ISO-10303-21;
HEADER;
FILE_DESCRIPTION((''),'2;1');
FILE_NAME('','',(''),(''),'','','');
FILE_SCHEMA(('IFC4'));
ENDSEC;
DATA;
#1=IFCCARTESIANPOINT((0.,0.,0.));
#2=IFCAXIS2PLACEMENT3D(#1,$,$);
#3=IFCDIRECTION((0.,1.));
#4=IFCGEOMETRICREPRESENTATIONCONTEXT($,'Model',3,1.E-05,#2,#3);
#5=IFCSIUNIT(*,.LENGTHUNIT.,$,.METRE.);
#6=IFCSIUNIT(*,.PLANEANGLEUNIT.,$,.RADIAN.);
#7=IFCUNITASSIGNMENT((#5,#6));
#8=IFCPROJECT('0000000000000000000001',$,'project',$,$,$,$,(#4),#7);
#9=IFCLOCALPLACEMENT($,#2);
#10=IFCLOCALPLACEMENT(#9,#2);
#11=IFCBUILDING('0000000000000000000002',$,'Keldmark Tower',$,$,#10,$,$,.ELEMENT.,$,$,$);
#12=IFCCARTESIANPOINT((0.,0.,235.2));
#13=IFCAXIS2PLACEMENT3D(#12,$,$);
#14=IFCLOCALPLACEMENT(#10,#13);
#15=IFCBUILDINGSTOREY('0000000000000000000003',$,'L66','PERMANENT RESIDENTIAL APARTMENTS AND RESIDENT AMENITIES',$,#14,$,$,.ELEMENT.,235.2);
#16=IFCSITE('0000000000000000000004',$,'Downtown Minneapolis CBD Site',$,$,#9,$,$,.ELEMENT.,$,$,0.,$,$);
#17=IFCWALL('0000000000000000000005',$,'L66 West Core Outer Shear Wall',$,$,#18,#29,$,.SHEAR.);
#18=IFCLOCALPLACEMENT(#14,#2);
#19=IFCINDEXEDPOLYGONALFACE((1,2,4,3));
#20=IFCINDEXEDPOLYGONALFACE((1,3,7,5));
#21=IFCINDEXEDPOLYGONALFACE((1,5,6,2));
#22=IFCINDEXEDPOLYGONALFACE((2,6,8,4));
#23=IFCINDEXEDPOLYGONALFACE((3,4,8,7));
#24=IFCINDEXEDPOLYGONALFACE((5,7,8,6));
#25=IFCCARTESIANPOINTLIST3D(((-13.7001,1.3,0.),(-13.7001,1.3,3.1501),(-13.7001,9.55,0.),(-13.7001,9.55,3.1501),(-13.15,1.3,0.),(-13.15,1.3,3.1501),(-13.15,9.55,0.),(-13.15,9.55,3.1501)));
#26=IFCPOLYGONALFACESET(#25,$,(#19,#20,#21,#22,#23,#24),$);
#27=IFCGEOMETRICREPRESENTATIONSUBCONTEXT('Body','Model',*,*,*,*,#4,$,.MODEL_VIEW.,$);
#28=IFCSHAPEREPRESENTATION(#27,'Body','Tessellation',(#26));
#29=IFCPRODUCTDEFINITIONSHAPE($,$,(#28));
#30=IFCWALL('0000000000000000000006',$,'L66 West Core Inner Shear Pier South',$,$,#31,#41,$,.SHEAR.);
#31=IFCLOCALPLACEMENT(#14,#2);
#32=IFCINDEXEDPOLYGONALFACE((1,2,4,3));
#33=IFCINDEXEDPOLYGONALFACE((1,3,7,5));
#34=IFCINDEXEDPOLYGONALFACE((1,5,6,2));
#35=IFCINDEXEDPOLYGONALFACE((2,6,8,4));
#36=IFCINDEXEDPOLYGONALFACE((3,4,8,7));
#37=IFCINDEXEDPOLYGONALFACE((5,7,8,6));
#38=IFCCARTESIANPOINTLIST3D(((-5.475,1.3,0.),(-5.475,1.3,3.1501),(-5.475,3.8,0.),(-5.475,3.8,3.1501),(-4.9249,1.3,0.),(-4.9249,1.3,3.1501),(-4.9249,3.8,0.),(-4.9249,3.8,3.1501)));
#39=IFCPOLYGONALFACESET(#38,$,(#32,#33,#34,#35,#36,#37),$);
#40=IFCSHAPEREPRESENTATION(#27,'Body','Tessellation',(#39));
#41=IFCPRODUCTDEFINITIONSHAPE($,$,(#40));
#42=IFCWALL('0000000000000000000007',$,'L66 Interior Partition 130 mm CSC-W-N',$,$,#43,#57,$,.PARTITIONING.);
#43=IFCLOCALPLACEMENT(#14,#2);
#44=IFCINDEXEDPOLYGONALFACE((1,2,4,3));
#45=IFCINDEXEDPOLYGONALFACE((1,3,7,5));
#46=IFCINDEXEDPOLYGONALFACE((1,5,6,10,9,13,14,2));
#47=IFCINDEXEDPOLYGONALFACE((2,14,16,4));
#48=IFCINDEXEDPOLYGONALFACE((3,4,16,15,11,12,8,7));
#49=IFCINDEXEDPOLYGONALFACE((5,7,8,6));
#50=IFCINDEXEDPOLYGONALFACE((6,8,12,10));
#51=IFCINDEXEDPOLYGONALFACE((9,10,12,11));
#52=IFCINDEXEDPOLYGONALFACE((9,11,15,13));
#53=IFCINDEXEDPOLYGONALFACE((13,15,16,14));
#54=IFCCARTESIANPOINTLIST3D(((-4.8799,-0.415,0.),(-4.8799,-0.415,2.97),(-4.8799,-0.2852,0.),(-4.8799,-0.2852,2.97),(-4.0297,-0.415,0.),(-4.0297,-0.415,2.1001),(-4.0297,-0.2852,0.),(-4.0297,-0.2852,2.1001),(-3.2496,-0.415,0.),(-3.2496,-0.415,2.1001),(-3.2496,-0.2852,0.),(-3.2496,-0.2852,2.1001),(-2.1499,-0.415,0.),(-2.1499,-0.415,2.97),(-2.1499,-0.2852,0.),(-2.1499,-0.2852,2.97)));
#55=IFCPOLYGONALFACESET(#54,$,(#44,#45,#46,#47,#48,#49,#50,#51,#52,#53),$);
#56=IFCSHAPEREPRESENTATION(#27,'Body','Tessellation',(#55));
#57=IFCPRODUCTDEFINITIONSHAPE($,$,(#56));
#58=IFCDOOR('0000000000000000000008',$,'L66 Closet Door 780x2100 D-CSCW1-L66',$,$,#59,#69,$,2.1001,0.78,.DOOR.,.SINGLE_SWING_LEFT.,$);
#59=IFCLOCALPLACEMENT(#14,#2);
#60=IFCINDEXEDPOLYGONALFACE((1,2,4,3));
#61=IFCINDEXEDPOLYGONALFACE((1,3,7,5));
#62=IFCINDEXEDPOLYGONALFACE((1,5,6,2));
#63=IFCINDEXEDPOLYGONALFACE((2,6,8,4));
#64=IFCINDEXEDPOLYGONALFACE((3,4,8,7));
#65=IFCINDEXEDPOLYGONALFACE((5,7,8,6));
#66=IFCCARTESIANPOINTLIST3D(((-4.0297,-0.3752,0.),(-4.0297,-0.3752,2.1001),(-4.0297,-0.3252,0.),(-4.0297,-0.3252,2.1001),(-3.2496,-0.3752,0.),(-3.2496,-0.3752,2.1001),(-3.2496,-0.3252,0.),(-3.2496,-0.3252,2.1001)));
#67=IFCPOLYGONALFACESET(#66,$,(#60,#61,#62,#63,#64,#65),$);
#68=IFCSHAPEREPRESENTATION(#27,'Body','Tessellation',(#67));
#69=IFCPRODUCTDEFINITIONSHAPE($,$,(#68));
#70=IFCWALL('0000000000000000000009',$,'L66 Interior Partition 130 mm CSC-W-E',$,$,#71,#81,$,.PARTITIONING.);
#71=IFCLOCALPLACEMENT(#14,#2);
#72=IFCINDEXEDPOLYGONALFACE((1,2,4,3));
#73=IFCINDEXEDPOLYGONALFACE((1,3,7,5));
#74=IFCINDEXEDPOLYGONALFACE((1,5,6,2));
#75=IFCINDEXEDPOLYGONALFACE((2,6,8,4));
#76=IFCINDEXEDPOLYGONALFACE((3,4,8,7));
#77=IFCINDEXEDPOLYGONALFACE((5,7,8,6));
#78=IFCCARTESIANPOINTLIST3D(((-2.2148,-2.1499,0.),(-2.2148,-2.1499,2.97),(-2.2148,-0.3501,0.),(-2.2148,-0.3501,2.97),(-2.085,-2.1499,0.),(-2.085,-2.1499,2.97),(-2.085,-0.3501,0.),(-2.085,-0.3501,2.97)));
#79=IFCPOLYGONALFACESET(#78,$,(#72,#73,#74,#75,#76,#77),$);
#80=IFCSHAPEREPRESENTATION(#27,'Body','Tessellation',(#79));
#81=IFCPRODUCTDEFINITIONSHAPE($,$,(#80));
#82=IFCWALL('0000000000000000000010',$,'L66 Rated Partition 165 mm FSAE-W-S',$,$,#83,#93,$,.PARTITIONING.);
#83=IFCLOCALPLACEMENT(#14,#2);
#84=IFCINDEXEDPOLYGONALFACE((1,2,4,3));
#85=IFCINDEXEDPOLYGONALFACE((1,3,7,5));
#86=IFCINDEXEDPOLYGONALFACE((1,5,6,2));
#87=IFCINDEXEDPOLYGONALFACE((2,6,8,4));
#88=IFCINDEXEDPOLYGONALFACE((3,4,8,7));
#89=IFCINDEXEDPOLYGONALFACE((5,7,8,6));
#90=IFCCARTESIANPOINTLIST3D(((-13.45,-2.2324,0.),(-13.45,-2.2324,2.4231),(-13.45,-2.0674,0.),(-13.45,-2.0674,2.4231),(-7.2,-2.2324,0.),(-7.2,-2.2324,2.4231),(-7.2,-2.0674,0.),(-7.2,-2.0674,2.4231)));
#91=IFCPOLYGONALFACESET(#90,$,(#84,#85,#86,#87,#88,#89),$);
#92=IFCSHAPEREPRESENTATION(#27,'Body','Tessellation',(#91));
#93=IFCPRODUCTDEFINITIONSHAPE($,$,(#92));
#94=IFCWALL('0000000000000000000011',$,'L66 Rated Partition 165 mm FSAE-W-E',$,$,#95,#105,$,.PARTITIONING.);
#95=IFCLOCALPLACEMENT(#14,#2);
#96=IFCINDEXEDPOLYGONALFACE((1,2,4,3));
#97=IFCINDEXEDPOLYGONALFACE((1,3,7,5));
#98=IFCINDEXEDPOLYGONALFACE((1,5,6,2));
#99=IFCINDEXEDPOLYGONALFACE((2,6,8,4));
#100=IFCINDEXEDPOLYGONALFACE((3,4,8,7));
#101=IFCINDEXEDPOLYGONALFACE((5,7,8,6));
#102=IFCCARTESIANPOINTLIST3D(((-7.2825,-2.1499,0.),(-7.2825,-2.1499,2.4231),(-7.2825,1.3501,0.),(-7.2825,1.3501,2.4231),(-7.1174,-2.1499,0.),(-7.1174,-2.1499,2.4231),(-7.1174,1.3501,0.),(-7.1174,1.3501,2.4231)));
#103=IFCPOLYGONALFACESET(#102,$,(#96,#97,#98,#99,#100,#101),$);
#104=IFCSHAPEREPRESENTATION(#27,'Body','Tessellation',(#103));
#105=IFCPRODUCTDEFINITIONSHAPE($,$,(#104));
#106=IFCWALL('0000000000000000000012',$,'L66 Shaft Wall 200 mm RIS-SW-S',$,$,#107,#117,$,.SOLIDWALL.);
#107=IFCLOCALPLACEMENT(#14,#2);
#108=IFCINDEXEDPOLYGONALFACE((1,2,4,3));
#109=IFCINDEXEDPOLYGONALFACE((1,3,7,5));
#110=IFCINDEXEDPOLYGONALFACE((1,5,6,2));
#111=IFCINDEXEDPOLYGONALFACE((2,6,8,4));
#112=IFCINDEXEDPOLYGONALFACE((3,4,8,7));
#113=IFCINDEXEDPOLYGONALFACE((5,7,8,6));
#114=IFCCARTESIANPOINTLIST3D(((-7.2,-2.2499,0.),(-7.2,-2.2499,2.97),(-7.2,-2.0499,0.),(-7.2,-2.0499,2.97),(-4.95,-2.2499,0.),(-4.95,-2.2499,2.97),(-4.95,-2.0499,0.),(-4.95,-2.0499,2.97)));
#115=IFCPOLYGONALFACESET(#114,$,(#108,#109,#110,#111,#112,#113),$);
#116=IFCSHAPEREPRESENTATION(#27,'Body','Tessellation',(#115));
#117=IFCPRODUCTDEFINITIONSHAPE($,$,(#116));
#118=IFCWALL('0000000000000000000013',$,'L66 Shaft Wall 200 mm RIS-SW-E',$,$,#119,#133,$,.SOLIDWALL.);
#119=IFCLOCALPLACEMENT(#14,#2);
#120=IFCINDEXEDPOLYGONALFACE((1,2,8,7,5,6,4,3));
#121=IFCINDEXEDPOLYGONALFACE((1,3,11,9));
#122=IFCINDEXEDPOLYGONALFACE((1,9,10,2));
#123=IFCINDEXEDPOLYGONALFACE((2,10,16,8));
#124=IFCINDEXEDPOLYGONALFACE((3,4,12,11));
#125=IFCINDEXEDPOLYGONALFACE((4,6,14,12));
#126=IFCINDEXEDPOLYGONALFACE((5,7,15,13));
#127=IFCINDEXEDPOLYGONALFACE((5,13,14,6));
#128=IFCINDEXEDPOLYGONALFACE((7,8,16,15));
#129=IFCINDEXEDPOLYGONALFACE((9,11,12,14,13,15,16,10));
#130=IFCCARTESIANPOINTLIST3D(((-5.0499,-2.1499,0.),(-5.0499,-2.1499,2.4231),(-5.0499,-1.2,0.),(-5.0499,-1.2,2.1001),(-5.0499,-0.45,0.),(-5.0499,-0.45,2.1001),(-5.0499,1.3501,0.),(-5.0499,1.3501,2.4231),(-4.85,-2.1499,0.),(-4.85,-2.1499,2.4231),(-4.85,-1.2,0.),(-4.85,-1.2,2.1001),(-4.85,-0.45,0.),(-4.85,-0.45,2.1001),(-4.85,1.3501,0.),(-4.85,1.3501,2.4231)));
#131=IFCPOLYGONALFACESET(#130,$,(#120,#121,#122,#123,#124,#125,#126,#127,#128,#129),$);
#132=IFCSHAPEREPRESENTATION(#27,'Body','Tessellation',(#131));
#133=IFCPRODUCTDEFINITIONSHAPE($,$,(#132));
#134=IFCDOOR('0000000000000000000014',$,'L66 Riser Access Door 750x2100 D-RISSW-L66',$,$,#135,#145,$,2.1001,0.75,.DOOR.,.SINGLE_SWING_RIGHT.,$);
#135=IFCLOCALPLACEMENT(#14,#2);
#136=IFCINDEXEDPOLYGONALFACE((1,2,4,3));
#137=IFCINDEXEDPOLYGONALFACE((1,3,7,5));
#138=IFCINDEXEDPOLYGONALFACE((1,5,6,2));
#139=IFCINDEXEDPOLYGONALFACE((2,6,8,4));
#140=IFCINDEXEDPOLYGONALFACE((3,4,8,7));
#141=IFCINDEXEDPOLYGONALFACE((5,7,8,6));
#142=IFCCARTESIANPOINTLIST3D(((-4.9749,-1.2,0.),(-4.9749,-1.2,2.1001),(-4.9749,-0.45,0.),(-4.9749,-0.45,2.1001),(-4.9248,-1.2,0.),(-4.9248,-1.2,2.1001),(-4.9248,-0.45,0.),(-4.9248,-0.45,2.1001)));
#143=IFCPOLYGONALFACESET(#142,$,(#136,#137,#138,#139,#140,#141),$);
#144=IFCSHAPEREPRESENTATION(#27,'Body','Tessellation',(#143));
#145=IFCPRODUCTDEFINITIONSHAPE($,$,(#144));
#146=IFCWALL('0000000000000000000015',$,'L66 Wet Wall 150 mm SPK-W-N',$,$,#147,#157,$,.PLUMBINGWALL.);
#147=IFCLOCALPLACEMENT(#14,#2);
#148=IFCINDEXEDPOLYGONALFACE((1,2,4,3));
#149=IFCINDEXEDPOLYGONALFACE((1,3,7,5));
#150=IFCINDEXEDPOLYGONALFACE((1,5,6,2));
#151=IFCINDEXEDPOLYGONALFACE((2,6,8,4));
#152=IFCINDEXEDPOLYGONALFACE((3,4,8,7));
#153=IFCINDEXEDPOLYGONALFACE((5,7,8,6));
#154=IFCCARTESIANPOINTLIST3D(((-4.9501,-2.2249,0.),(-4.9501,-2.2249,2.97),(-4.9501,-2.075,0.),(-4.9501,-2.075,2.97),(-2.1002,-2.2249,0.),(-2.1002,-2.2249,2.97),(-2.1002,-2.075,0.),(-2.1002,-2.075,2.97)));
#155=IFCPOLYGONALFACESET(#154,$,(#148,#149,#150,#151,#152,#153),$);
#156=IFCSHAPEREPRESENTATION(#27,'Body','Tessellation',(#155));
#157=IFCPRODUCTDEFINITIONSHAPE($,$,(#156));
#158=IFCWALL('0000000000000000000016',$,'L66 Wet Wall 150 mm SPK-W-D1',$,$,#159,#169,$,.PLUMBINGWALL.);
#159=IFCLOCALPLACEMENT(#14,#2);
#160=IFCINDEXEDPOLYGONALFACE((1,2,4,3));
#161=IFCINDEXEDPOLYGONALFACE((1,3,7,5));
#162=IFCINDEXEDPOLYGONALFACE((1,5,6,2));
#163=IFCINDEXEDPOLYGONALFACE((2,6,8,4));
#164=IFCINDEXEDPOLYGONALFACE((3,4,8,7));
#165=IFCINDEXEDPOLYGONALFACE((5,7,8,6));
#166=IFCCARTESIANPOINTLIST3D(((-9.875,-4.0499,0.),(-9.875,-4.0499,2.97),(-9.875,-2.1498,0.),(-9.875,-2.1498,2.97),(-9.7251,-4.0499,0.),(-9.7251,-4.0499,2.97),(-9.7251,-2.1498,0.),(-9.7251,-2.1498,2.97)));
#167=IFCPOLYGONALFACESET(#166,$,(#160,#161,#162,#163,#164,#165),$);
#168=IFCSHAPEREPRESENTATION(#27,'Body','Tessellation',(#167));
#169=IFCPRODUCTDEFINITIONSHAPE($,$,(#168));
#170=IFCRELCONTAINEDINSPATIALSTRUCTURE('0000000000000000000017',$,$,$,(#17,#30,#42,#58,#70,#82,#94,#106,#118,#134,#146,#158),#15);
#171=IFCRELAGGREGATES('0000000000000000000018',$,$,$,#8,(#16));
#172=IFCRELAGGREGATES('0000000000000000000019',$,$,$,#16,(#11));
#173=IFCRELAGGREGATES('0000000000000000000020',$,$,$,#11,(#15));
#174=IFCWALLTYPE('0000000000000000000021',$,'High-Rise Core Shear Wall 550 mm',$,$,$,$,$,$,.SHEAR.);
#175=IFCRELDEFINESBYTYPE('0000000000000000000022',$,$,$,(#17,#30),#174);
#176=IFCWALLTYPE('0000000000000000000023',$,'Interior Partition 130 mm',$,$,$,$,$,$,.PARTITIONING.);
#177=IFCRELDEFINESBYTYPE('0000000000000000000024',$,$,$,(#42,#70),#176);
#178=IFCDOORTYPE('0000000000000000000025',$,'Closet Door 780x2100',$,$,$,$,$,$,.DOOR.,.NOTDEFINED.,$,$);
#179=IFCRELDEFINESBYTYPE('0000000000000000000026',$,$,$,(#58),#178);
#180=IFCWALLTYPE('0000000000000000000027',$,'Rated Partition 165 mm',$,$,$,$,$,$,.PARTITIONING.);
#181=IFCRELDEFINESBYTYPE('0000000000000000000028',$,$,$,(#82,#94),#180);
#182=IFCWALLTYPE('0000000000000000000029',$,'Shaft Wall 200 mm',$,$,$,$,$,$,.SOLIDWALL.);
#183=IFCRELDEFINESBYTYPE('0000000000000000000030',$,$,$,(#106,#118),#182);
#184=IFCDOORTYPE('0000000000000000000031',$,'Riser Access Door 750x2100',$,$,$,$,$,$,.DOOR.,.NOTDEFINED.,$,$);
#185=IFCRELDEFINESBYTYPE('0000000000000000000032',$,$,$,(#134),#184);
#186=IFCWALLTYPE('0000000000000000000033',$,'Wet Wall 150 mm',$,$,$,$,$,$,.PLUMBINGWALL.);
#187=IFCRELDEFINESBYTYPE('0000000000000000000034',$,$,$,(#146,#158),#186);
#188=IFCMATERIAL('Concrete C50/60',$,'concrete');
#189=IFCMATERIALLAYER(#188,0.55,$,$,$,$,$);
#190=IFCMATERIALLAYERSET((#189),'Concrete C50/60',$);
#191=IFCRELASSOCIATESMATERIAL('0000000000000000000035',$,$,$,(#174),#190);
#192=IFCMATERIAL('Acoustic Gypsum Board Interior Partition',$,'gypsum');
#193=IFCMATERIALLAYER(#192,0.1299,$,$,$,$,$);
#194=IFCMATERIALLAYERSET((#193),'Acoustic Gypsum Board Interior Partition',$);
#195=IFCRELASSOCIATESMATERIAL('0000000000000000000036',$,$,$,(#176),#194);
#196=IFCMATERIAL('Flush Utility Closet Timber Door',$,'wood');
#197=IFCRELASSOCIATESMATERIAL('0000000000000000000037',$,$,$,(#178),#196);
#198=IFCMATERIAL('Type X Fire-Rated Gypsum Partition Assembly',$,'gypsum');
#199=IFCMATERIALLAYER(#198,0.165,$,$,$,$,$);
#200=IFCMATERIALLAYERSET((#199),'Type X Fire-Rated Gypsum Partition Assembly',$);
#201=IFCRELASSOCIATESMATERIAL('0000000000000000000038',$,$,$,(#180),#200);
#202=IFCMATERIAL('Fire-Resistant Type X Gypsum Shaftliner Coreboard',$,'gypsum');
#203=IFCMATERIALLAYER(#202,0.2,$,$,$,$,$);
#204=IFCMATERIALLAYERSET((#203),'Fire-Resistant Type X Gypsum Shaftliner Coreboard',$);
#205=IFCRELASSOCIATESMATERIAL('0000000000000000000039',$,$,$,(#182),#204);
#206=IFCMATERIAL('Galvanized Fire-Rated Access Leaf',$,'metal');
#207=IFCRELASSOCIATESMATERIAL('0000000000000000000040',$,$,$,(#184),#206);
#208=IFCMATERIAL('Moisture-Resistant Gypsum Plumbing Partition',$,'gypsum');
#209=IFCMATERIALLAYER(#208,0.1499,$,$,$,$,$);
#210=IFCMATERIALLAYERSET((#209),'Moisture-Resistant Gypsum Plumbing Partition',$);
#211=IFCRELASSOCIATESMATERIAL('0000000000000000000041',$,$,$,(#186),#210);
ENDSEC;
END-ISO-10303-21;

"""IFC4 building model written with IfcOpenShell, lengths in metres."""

from ifc_helpers import new_model, si_unit, direction, frame, frame_2d, origin, place, context, subcontext, project, spatial, rectangle, extrude, material, layer, layer_set, type_object, element, fill, save


model = new_model("IFC4")

# Units and contexts
model_context = context("Model", 3, precision=1e-05, world=origin(), true_north=direction((0.0, 1.0)))
body_context = subcontext(model_context, "Body", "Model", "MODEL_VIEW")
ifc_project = project(units=[si_unit("LENGTHUNIT", "METRE"), si_unit("PLANEANGLEUNIT", "RADIAN")], contexts=[model_context])

# Site, building, storey
site_placement = place(None, origin())
site = spatial("IfcSite", under=ifc_project, at=site_placement, Name="Downtown Minneapolis CBD Site", CompositionType="ELEMENT", RefElevation=0.0)
building_placement = place(site_placement, origin())
building = spatial("IfcBuilding", under=site, at=building_placement, Name="Keldmark Tower", CompositionType="ELEMENT")
storey_placement = place(building_placement, frame((0.0, 0.0, 235.2)))
storey = spatial("IfcBuildingStorey", under=building, at=storey_placement, Name="L66", Description="PERMANENT RESIDENTIAL APARTMENTS AND RESIDENT AMENITIES", CompositionType="ELEMENT", Elevation=235.2)

# Walls
ifc_material_1 = material(Name="Concrete C50/60", Category="concrete")
ifc_layer_1 = layer(ifc_material_1, 0.55)
ifc_layer_set_1 = layer_set([ifc_layer_1], Name="Concrete C50/60")
wall_type_1 = type_object("IfcWallType", Name="High-Rise Core Shear Wall 550 mm", PredefinedType="SHEAR", material=ifc_layer_set_1)
wall_1_placement = place(storey_placement, frame((-13.425, 1.3, 0.0), z_axis=(0.0, 0.0, 1.0), x_axis=(0.0, 1.0, 0.0)))
element("IfcWall", 1, at=wall_1_placement, inside=storey, type_object=wall_type_1, Name="L66 West Core Outer Shear Wall", PredefinedType="SHEAR", context=body_context, shape_type="SweptSolid", body=[
    extrude(rectangle(XDim=8.25, YDim=0.55, at=frame_2d((4.125, 0.0))), origin(), (0.0, 0.0, 1.0), 3.1501),
])
wall_2_placement = place(storey_placement, frame((-5.2, 1.3, 0.0), z_axis=(0.0, 0.0, 1.0), x_axis=(0.0, 1.0, 0.0)))
element("IfcWall", 2, at=wall_2_placement, inside=storey, type_object=wall_type_1, Name="L66 West Core Inner Shear Pier South", PredefinedType="SHEAR", context=body_context, shape_type="SweptSolid", body=[
    extrude(rectangle(XDim=2.5, YDim=0.55, at=frame_2d((1.25, 0.0))), origin(), (0.0, 0.0, 1.0), 3.1501),
])

# Wall, opening, door
ifc_material_2 = material(Name="Acoustic Gypsum Board Interior Partition", Category="gypsum")
ifc_layer_2 = layer(ifc_material_2, 0.1299)
ifc_layer_set_2 = layer_set([ifc_layer_2], Name="Acoustic Gypsum Board Interior Partition")
wall_type_2 = type_object("IfcWallType", Name="Interior Partition 130 mm", PredefinedType="PARTITIONING", material=ifc_layer_set_2)
wall_3_placement = place(storey_placement, frame((-4.8799, -0.3501, 0.0), z_axis=(0.0, 0.0, 1.0), x_axis=(1.0, 0.0, 0.0)))
wall_3 = element("IfcWall", 3, at=wall_3_placement, inside=storey, type_object=wall_type_2, Name="L66 Interior Partition 130 mm CSC-W-N", PredefinedType="PARTITIONING", context=body_context, shape_type="SweptSolid", body=[
    extrude(rectangle(XDim=2.73, YDim=0.1299, at=frame_2d((1.365, 0.0))), origin(), (0.0, 0.0, 1.0), 2.97),
])
opening_1_placement = place(wall_3_placement, frame((0.8501, 0.0, 0.0)))
opening_1 = element("IfcOpeningElement", 4, at=opening_1_placement, cuts=wall_3, PredefinedType="OPENING", context=body_context, shape_type="SweptSolid", body=[
    extrude(rectangle(XDim=0.78, YDim=2.1001, at=frame_2d((0.3901, 1.05))), frame((0.0, 0.075, 0.0), z_axis=(0.0, -1.0, 0.0), x_axis=(1.0, 0.0, 0.0)), (0.0, 0.0, 1.0), 0.1499),
])
ifc_material_3 = material(Name="Flush Utility Closet Timber Door", Category="wood")
door_type_1 = type_object("IfcDoorType", Name="Closet Door 780x2100", OperationType="NOTDEFINED", PredefinedType="DOOR", material=ifc_material_3)
door_1_placement = place(opening_1_placement, origin())
door_1 = element("IfcDoor", 5, at=door_1_placement, inside=storey, type_object=door_type_1, Name="L66 Closet Door 780x2100 D-CSCW1-L66", OperationType="SINGLE_SWING_LEFT", OverallHeight=2.1001, OverallWidth=0.78, PredefinedType="DOOR", context=body_context, shape_type="SweptSolid", body=[
    extrude(rectangle(XDim=0.78, YDim=2.1001, at=frame_2d((0.3901, 1.05))), frame((0.0, 0.0249, 0.0), z_axis=(0.0, -1.0, 0.0), x_axis=(1.0, 0.0, 0.0)), (0.0, 0.0, 1.0), 0.05),
])
fill(opening_1, door_1)

# Walls
wall_4_placement = place(storey_placement, frame((-2.1499, -2.1499, 0.0), z_axis=(0.0, 0.0, 1.0), x_axis=(0.0, 1.0, 0.0)))
element("IfcWall", 6, at=wall_4_placement, inside=storey, type_object=wall_type_2, Name="L66 Interior Partition 130 mm CSC-W-E", PredefinedType="PARTITIONING", context=body_context, shape_type="SweptSolid", body=[
    extrude(rectangle(XDim=1.7998, YDim=0.1299, at=frame_2d((0.8999, 0.0))), origin(), (0.0, 0.0, 1.0), 2.97),
])
ifc_material_4 = material(Name="Type X Fire-Rated Gypsum Partition Assembly", Category="gypsum")
ifc_layer_3 = layer(ifc_material_4, 0.165)
ifc_layer_set_3 = layer_set([ifc_layer_3], Name="Type X Fire-Rated Gypsum Partition Assembly")
wall_type_3 = type_object("IfcWallType", Name="Rated Partition 165 mm", PredefinedType="PARTITIONING", material=ifc_layer_set_3)
wall_5_placement = place(storey_placement, frame((-13.45, -2.1499, 0.0), z_axis=(0.0, 0.0, 1.0), x_axis=(1.0, 0.0, 0.0)))
element("IfcWall", 7, at=wall_5_placement, inside=storey, type_object=wall_type_3, Name="L66 Rated Partition 165 mm FSAE-W-S", PredefinedType="PARTITIONING", context=body_context, shape_type="SweptSolid", body=[
    extrude(rectangle(XDim=6.25, YDim=0.165, at=frame_2d((3.125, 0.0))), origin(), (0.0, 0.0, 1.0), 2.4231),
])

# Walls
wall_6_placement = place(storey_placement, frame((-7.2, -2.1499, 0.0), z_axis=(0.0, 0.0, 1.0), x_axis=(0.0, 1.0, 0.0)))
element("IfcWall", 8, at=wall_6_placement, inside=storey, type_object=wall_type_3, Name="L66 Rated Partition 165 mm FSAE-W-E", PredefinedType="PARTITIONING", context=body_context, shape_type="SweptSolid", body=[
    extrude(rectangle(XDim=3.5, YDim=0.165, at=frame_2d((1.75, 0.0))), origin(), (0.0, 0.0, 1.0), 2.4231),
])
ifc_material_5 = material(Name="Fire-Resistant Type X Gypsum Shaftliner Coreboard", Category="gypsum")
ifc_layer_4 = layer(ifc_material_5, 0.2)
ifc_layer_set_4 = layer_set([ifc_layer_4], Name="Fire-Resistant Type X Gypsum Shaftliner Coreboard")
wall_type_4 = type_object("IfcWallType", Name="Shaft Wall 200 mm", PredefinedType="SOLIDWALL", material=ifc_layer_set_4)
wall_7_placement = place(storey_placement, frame((-7.2, -2.1499, 0.0), z_axis=(0.0, 0.0, 1.0), x_axis=(1.0, 0.0, 0.0)))
element("IfcWall", 9, at=wall_7_placement, inside=storey, type_object=wall_type_4, Name="L66 Shaft Wall 200 mm RIS-SW-S", PredefinedType="SOLIDWALL", context=body_context, shape_type="SweptSolid", body=[
    extrude(rectangle(XDim=2.25, YDim=0.2, at=frame_2d((1.125, 0.0))), origin(), (0.0, 0.0, 1.0), 2.97),
])

# Wall, opening, door
wall_8_placement = place(storey_placement, frame((-4.95, -2.1499, 0.0), z_axis=(0.0, 0.0, 1.0), x_axis=(0.0, 1.0, 0.0)))
wall_8 = element("IfcWall", 10, at=wall_8_placement, inside=storey, type_object=wall_type_4, Name="L66 Shaft Wall 200 mm RIS-SW-E", PredefinedType="SOLIDWALL", context=body_context, shape_type="SweptSolid", body=[
    extrude(rectangle(XDim=3.5, YDim=0.2, at=frame_2d((1.75, 0.0))), origin(), (0.0, 0.0, 1.0), 2.4231),
])
opening_2_placement = place(wall_8_placement, frame((0.95, 0.0, 0.0)))
opening_2 = element("IfcOpeningElement", 11, at=opening_2_placement, cuts=wall_8, PredefinedType="OPENING", context=body_context, shape_type="SweptSolid", body=[
    extrude(rectangle(XDim=0.75, YDim=2.1001, at=frame_2d((0.375, 1.05))), frame((0.0, 0.1099, 0.0), z_axis=(0.0, -1.0, 0.0), x_axis=(1.0, 0.0, 0.0)), (0.0, 0.0, 1.0), 0.22),
])
ifc_material_6 = material(Name="Galvanized Fire-Rated Access Leaf", Category="metal")
door_type_2 = type_object("IfcDoorType", Name="Riser Access Door 750x2100", OperationType="NOTDEFINED", PredefinedType="DOOR", material=ifc_material_6)
door_2_placement = place(opening_2_placement, origin())
door_2 = element("IfcDoor", 12, at=door_2_placement, inside=storey, type_object=door_type_2, Name="L66 Riser Access Door 750x2100 D-RISSW-L66", OperationType="SINGLE_SWING_RIGHT", OverallHeight=2.1001, OverallWidth=0.75, PredefinedType="DOOR", context=body_context, shape_type="SweptSolid", body=[
    extrude(rectangle(XDim=0.75, YDim=2.1001, at=frame_2d((0.375, 1.05))), frame((0.0, 0.0249, 0.0), z_axis=(0.0, -1.0, 0.0), x_axis=(1.0, 0.0, 0.0)), (0.0, 0.0, 1.0), 0.05),
])
fill(opening_2, door_2)

# Walls
ifc_material_7 = material(Name="Moisture-Resistant Gypsum Plumbing Partition", Category="gypsum")
ifc_layer_5 = layer(ifc_material_7, 0.1499)
ifc_layer_set_5 = layer_set([ifc_layer_5], Name="Moisture-Resistant Gypsum Plumbing Partition")
wall_type_5 = type_object("IfcWallType", Name="Wet Wall 150 mm", PredefinedType="PLUMBINGWALL", material=ifc_layer_set_5)
wall_9_placement = place(storey_placement, frame((-4.95, -2.1499, 0.0), z_axis=(0.0, 0.0, 1.0), x_axis=(1.0, 0.0, 0.0)))
element("IfcWall", 13, at=wall_9_placement, inside=storey, type_object=wall_type_5, Name="L66 Wet Wall 150 mm SPK-W-N", PredefinedType="PLUMBINGWALL", context=body_context, shape_type="SweptSolid", body=[
    extrude(rectangle(XDim=2.8499, YDim=0.1499, at=frame_2d((1.4248, 0.0))), origin(), (0.0, 0.0, 1.0), 2.97),
])
wall_10_placement = place(storey_placement, frame((-9.8, -4.05, 0.0), z_axis=(0.0, 0.0, 1.0), x_axis=(0.0, 1.0, 0.0)))
element("IfcWall", 14, at=wall_10_placement, inside=storey, type_object=wall_type_5, Name="L66 Wet Wall 150 mm SPK-W-D1", PredefinedType="PLUMBINGWALL", context=body_context, shape_type="SweptSolid", body=[
    extrude(rectangle(XDim=1.9001, YDim=0.1499, at=frame_2d((0.9502, 0.0))), origin(), (0.0, 0.0, 1.0), 2.97),
])

save(model, "model.ifc")
